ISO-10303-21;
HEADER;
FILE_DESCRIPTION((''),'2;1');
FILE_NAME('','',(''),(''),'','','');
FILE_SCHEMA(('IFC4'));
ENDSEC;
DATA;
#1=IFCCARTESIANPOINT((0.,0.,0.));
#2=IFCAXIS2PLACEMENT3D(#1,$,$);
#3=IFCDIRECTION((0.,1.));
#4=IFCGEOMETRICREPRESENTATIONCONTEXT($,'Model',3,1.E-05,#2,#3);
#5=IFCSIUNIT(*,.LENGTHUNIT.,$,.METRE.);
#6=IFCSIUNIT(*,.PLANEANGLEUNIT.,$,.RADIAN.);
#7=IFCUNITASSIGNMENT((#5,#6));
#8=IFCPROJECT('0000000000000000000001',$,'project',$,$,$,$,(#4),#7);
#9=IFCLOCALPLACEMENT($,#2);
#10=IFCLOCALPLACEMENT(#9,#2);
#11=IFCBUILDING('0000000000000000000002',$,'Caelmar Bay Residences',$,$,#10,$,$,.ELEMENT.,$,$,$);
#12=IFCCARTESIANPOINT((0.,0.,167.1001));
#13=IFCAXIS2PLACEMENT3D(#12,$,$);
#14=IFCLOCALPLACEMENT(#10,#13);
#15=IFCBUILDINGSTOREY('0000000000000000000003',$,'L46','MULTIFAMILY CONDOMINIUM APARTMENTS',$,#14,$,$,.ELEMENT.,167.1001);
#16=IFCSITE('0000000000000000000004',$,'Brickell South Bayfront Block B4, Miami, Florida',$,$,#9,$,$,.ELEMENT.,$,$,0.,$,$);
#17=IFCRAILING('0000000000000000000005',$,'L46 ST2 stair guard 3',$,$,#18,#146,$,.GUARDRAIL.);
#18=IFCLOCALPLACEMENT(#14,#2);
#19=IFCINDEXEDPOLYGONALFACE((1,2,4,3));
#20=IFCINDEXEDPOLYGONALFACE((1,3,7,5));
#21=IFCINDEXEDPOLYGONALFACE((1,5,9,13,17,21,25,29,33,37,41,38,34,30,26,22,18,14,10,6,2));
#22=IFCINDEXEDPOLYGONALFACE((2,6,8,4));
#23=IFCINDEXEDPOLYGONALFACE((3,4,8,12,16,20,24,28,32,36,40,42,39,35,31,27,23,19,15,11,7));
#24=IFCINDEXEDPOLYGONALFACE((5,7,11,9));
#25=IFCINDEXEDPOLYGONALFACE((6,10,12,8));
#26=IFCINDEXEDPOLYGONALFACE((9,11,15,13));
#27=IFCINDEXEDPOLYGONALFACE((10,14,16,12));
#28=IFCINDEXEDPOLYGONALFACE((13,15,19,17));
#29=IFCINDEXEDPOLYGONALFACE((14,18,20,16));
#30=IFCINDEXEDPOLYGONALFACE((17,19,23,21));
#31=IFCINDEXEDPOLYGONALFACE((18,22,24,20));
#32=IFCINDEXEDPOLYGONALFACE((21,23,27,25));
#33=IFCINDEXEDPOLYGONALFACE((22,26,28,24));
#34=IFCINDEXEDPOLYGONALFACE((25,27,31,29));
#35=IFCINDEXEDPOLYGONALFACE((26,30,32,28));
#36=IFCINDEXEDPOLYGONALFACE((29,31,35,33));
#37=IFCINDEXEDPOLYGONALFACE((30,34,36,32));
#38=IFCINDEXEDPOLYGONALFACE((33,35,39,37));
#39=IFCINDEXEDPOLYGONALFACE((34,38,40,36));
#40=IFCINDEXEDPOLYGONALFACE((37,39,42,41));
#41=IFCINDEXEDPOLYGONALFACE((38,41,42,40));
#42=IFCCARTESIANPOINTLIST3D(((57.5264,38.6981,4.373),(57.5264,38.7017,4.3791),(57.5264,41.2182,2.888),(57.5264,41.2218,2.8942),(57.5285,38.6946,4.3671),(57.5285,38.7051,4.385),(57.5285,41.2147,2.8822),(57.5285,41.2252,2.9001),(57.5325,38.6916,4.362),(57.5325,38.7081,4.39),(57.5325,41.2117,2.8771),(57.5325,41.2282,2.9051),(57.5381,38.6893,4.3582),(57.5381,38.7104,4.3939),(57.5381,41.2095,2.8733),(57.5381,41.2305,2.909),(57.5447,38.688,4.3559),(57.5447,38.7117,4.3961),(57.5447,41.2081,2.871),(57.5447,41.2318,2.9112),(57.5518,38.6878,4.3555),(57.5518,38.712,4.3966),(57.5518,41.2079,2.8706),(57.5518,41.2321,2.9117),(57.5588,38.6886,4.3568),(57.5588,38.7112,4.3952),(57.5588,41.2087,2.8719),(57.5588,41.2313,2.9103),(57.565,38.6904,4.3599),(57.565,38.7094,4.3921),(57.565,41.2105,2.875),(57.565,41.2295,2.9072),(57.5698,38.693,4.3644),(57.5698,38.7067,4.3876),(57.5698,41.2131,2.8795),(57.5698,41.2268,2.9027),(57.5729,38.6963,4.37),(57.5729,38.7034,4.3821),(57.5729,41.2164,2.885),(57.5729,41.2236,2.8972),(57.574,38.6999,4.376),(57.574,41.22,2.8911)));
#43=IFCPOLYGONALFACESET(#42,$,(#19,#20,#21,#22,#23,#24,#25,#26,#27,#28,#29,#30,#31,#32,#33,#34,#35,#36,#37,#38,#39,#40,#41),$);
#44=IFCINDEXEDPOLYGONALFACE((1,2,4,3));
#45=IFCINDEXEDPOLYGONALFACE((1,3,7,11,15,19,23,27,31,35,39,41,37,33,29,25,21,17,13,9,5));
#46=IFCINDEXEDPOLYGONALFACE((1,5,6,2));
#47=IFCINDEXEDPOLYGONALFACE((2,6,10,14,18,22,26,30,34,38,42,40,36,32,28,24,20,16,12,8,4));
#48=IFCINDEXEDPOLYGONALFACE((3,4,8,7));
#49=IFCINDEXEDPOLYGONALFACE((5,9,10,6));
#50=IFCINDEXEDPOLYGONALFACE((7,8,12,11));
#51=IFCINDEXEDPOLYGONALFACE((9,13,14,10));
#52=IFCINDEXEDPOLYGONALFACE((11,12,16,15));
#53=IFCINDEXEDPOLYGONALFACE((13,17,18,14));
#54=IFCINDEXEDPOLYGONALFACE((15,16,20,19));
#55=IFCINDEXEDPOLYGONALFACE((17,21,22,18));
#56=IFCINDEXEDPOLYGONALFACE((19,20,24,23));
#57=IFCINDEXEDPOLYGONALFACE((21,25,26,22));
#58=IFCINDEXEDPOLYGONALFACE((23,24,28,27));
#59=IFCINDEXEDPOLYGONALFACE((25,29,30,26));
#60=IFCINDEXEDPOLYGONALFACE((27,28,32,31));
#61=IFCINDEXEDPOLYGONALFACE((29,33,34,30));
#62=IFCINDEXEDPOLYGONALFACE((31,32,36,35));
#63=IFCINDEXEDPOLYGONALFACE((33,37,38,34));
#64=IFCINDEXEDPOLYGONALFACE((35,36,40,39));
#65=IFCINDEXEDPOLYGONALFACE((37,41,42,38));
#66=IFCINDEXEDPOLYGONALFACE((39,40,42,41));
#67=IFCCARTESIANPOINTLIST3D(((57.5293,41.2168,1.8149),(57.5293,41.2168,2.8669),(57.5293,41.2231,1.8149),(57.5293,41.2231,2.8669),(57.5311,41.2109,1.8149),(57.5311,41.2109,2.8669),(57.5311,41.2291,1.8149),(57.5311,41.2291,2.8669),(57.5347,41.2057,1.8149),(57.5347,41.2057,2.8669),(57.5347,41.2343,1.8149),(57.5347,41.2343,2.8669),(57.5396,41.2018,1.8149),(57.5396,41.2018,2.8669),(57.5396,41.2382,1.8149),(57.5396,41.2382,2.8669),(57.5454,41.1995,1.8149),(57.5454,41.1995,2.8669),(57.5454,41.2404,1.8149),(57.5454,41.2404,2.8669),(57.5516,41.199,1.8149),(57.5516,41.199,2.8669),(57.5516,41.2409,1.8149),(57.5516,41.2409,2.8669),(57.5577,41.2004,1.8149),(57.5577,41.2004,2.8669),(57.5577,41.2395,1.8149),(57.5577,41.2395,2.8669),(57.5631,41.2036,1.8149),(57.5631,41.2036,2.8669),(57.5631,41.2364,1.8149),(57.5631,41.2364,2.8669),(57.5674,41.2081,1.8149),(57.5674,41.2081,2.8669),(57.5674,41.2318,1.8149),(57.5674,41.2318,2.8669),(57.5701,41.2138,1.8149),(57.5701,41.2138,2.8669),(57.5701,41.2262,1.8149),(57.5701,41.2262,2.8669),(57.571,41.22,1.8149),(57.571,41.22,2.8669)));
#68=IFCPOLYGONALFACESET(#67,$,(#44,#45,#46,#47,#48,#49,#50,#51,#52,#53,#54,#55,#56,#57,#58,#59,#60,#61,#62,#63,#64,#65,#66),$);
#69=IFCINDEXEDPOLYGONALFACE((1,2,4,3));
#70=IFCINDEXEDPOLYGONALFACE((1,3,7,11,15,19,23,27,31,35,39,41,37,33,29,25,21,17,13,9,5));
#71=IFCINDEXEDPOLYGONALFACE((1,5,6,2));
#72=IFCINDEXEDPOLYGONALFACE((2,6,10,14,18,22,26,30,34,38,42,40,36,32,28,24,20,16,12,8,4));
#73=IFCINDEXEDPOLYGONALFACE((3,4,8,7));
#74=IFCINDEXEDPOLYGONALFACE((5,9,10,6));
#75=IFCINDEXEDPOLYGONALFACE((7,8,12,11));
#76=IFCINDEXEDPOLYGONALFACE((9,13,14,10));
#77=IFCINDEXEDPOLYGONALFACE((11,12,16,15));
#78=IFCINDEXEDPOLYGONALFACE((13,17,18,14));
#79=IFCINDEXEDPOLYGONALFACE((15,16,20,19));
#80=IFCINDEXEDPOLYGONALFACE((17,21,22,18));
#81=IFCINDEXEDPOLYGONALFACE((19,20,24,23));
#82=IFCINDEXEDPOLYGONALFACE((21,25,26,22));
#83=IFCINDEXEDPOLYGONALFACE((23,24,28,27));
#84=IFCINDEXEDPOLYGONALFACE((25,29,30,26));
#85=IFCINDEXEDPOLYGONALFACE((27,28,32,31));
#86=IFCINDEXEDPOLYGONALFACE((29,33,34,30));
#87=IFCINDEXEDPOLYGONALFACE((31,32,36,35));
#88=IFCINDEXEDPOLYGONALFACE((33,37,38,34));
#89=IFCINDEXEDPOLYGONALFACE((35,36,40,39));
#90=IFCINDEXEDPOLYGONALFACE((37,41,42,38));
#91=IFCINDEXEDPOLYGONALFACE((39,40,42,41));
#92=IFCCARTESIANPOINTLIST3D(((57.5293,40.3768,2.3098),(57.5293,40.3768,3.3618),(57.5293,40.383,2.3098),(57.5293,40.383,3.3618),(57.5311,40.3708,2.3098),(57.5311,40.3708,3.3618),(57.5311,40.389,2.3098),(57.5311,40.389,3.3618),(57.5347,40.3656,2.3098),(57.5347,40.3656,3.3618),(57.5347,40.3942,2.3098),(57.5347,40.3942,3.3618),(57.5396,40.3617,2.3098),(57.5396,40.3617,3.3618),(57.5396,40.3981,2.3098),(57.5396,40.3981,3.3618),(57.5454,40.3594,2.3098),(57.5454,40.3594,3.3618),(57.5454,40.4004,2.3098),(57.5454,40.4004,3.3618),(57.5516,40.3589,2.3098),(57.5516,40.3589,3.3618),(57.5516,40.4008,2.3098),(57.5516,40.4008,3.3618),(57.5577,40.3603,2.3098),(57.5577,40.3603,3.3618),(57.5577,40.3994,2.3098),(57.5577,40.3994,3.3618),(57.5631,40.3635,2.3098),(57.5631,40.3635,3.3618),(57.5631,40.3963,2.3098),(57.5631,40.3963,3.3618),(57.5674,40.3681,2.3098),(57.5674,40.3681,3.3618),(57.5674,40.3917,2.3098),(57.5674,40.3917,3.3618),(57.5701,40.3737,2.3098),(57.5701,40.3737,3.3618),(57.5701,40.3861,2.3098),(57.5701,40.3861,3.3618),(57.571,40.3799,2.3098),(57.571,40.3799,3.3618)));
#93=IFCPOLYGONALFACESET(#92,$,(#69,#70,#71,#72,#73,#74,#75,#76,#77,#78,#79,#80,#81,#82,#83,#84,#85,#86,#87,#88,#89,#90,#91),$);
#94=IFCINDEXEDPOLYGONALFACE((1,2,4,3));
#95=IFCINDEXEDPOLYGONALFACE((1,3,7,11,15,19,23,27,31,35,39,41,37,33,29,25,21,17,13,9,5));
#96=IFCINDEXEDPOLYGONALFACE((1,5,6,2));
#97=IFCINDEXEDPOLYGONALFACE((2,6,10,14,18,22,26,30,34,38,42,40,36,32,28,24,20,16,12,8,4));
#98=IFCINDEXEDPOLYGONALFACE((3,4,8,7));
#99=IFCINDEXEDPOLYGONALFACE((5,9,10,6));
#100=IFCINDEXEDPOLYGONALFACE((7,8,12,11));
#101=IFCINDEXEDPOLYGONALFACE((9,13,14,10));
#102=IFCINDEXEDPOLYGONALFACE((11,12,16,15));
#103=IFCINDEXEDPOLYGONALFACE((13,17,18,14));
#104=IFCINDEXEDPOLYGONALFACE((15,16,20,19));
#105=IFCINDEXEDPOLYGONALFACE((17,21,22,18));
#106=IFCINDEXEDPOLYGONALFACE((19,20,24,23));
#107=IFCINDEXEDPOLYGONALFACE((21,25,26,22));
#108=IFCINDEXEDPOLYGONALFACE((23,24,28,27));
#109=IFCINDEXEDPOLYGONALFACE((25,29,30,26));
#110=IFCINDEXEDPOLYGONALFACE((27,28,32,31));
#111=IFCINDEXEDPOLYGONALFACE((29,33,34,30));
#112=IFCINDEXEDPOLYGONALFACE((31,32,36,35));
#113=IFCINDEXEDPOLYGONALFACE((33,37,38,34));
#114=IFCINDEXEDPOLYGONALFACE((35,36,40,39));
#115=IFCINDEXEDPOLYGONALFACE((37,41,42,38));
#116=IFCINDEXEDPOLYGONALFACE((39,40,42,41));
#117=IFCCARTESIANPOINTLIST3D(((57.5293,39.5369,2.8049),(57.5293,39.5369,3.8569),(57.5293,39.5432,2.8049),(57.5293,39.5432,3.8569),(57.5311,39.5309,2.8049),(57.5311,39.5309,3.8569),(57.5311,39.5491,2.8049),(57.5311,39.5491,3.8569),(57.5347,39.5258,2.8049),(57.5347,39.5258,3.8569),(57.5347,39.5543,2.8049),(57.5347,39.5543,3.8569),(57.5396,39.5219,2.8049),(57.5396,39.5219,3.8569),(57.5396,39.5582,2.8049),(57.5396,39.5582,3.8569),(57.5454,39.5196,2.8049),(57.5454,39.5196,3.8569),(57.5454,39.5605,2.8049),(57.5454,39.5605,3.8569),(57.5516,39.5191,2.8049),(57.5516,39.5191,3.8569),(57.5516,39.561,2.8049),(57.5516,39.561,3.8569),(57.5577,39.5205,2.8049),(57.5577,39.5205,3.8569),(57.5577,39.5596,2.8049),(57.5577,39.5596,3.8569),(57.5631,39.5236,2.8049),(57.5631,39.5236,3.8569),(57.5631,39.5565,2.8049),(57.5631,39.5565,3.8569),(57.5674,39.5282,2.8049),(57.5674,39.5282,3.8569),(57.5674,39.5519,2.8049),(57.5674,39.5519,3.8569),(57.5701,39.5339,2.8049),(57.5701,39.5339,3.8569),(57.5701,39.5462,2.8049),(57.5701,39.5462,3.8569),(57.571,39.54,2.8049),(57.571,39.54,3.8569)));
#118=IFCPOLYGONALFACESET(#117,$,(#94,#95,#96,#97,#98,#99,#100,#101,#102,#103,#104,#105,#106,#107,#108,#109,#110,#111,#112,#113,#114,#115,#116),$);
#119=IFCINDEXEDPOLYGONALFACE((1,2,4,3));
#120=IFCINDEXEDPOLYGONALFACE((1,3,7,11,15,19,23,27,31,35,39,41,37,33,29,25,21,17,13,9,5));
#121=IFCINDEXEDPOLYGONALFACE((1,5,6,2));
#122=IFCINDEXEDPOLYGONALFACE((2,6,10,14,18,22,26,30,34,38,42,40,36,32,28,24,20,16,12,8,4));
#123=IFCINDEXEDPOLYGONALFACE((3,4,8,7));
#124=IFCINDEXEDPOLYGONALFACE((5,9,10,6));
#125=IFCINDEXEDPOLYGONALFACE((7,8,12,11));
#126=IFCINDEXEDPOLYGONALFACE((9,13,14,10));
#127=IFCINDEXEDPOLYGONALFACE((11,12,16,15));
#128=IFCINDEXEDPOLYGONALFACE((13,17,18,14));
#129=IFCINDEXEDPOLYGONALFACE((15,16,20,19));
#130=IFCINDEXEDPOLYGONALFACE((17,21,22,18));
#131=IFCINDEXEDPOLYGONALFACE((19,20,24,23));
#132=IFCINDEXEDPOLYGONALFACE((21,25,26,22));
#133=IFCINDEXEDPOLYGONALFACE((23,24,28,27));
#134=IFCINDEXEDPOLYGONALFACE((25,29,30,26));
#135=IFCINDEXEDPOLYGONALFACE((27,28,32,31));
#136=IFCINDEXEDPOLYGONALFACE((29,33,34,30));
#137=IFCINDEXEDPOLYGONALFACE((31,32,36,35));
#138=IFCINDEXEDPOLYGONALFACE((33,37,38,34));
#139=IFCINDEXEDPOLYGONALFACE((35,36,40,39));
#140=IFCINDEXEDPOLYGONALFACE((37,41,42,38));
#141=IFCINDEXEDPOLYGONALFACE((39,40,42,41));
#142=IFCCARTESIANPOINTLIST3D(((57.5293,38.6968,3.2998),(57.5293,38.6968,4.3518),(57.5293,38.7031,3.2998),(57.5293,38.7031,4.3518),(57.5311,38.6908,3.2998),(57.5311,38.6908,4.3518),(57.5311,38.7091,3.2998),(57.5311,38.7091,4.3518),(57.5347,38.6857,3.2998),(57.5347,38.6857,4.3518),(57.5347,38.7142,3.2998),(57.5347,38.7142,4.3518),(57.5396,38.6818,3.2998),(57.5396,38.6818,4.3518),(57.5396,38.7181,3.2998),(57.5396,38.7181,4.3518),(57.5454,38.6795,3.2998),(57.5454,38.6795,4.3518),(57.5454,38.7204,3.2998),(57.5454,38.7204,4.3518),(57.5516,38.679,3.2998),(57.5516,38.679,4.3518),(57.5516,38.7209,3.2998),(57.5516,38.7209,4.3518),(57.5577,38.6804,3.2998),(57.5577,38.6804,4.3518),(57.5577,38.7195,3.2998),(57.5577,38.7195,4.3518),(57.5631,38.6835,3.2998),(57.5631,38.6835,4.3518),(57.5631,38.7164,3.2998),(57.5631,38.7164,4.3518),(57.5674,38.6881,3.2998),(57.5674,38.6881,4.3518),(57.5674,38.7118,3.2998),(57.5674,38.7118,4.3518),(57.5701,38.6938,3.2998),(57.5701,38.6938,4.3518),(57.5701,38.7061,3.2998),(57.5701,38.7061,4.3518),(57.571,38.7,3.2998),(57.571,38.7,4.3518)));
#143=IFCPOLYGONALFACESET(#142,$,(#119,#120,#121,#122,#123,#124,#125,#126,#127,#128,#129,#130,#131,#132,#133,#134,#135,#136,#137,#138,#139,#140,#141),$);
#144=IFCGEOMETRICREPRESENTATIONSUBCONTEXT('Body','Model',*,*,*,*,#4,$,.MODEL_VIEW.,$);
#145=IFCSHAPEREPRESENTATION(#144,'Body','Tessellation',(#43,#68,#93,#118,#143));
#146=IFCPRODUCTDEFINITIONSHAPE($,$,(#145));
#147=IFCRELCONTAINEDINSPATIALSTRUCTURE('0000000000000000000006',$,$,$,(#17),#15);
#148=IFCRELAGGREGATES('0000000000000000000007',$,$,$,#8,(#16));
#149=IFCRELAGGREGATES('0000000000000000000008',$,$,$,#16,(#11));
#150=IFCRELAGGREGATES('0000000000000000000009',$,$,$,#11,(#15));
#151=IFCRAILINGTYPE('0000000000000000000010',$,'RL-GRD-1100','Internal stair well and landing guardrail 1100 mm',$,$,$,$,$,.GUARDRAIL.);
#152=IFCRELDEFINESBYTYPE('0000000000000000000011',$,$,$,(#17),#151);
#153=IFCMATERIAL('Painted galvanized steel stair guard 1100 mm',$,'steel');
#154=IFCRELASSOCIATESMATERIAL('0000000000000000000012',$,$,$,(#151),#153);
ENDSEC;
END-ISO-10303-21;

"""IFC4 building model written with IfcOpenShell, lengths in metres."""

from ifc_helpers import new_model, si_unit, direction, frame, origin, origin_2d, place, context, subcontext, project, spatial, circle, extrude, material, type_object, element, save


model = new_model("IFC4")

# Units and contexts
model_context = context("Model", 3, precision=1e-05, world=origin(), true_north=direction((0.0, 1.0)))
body_context = subcontext(model_context, "Body", "Model", "MODEL_VIEW")
ifc_project = project(units=[si_unit("LENGTHUNIT", "METRE"), si_unit("PLANEANGLEUNIT", "RADIAN")], contexts=[model_context])

# Site, building, storey
site_placement = place(None, origin())
site = spatial("IfcSite", under=ifc_project, at=site_placement, Name="Brickell South Bayfront Block B4, Miami, Florida", CompositionType="ELEMENT", RefElevation=0.0)
building_placement = place(site_placement, origin())
building = spatial("IfcBuilding", under=site, at=building_placement, Name="Caelmar Bay Residences", CompositionType="ELEMENT")
storey_placement = place(building_placement, frame((0.0, 0.0, 167.1001)))
storey = spatial("IfcBuildingStorey", under=building, at=storey_placement, Name="L46", Description="MULTIFAMILY CONDOMINIUM APARTMENTS", CompositionType="ELEMENT", Elevation=167.1001)

# Railing
ifc_material_1 = material(Name="Painted galvanized steel stair guard 1100 mm", Category="steel")
railing_type_1 = type_object("IfcRailingType", Name="RL-GRD-1100", Description="Internal stair well and landing guardrail 1100 mm", PredefinedType="GUARDRAIL", material=ifc_material_1)
railing_1_placement = place(storey_placement, frame((57.55, 41.22, 1.8149)))
element("IfcRailing", 1, at=railing_1_placement, inside=storey, type_object=railing_type_1, Name="L46 ST2 stair guard 3", PredefinedType="GUARDRAIL", context=body_context, shape_type="SweptSolid", body=[
    extrude(circle(Radius=0.0239, at=origin_2d()), frame((0.0, 0.0, 1.0762), z_axis=(0.0, -0.861561, 0.507655), x_axis=(1.0, 0.0, 0.0)), (0.0, 0.0, 1.0), 2.925),
    extrude(circle(Radius=0.021, at=origin_2d()), origin(), (0.0, 0.0, 1.0), 1.052),
    extrude(circle(Radius=0.021, at=origin_2d()), frame((0.0, -0.8401, 0.4949)), (0.0, 0.0, 1.0), 1.052),
    extrude(circle(Radius=0.021, at=origin_2d()), frame((0.0, -1.6799, 0.99)), (0.0, 0.0, 1.0), 1.052),
    extrude(circle(Radius=0.021, at=origin_2d()), frame((0.0, -2.52, 1.4849)), (0.0, 0.0, 1.0), 1.052),
])

save(model, "model.ifc")
